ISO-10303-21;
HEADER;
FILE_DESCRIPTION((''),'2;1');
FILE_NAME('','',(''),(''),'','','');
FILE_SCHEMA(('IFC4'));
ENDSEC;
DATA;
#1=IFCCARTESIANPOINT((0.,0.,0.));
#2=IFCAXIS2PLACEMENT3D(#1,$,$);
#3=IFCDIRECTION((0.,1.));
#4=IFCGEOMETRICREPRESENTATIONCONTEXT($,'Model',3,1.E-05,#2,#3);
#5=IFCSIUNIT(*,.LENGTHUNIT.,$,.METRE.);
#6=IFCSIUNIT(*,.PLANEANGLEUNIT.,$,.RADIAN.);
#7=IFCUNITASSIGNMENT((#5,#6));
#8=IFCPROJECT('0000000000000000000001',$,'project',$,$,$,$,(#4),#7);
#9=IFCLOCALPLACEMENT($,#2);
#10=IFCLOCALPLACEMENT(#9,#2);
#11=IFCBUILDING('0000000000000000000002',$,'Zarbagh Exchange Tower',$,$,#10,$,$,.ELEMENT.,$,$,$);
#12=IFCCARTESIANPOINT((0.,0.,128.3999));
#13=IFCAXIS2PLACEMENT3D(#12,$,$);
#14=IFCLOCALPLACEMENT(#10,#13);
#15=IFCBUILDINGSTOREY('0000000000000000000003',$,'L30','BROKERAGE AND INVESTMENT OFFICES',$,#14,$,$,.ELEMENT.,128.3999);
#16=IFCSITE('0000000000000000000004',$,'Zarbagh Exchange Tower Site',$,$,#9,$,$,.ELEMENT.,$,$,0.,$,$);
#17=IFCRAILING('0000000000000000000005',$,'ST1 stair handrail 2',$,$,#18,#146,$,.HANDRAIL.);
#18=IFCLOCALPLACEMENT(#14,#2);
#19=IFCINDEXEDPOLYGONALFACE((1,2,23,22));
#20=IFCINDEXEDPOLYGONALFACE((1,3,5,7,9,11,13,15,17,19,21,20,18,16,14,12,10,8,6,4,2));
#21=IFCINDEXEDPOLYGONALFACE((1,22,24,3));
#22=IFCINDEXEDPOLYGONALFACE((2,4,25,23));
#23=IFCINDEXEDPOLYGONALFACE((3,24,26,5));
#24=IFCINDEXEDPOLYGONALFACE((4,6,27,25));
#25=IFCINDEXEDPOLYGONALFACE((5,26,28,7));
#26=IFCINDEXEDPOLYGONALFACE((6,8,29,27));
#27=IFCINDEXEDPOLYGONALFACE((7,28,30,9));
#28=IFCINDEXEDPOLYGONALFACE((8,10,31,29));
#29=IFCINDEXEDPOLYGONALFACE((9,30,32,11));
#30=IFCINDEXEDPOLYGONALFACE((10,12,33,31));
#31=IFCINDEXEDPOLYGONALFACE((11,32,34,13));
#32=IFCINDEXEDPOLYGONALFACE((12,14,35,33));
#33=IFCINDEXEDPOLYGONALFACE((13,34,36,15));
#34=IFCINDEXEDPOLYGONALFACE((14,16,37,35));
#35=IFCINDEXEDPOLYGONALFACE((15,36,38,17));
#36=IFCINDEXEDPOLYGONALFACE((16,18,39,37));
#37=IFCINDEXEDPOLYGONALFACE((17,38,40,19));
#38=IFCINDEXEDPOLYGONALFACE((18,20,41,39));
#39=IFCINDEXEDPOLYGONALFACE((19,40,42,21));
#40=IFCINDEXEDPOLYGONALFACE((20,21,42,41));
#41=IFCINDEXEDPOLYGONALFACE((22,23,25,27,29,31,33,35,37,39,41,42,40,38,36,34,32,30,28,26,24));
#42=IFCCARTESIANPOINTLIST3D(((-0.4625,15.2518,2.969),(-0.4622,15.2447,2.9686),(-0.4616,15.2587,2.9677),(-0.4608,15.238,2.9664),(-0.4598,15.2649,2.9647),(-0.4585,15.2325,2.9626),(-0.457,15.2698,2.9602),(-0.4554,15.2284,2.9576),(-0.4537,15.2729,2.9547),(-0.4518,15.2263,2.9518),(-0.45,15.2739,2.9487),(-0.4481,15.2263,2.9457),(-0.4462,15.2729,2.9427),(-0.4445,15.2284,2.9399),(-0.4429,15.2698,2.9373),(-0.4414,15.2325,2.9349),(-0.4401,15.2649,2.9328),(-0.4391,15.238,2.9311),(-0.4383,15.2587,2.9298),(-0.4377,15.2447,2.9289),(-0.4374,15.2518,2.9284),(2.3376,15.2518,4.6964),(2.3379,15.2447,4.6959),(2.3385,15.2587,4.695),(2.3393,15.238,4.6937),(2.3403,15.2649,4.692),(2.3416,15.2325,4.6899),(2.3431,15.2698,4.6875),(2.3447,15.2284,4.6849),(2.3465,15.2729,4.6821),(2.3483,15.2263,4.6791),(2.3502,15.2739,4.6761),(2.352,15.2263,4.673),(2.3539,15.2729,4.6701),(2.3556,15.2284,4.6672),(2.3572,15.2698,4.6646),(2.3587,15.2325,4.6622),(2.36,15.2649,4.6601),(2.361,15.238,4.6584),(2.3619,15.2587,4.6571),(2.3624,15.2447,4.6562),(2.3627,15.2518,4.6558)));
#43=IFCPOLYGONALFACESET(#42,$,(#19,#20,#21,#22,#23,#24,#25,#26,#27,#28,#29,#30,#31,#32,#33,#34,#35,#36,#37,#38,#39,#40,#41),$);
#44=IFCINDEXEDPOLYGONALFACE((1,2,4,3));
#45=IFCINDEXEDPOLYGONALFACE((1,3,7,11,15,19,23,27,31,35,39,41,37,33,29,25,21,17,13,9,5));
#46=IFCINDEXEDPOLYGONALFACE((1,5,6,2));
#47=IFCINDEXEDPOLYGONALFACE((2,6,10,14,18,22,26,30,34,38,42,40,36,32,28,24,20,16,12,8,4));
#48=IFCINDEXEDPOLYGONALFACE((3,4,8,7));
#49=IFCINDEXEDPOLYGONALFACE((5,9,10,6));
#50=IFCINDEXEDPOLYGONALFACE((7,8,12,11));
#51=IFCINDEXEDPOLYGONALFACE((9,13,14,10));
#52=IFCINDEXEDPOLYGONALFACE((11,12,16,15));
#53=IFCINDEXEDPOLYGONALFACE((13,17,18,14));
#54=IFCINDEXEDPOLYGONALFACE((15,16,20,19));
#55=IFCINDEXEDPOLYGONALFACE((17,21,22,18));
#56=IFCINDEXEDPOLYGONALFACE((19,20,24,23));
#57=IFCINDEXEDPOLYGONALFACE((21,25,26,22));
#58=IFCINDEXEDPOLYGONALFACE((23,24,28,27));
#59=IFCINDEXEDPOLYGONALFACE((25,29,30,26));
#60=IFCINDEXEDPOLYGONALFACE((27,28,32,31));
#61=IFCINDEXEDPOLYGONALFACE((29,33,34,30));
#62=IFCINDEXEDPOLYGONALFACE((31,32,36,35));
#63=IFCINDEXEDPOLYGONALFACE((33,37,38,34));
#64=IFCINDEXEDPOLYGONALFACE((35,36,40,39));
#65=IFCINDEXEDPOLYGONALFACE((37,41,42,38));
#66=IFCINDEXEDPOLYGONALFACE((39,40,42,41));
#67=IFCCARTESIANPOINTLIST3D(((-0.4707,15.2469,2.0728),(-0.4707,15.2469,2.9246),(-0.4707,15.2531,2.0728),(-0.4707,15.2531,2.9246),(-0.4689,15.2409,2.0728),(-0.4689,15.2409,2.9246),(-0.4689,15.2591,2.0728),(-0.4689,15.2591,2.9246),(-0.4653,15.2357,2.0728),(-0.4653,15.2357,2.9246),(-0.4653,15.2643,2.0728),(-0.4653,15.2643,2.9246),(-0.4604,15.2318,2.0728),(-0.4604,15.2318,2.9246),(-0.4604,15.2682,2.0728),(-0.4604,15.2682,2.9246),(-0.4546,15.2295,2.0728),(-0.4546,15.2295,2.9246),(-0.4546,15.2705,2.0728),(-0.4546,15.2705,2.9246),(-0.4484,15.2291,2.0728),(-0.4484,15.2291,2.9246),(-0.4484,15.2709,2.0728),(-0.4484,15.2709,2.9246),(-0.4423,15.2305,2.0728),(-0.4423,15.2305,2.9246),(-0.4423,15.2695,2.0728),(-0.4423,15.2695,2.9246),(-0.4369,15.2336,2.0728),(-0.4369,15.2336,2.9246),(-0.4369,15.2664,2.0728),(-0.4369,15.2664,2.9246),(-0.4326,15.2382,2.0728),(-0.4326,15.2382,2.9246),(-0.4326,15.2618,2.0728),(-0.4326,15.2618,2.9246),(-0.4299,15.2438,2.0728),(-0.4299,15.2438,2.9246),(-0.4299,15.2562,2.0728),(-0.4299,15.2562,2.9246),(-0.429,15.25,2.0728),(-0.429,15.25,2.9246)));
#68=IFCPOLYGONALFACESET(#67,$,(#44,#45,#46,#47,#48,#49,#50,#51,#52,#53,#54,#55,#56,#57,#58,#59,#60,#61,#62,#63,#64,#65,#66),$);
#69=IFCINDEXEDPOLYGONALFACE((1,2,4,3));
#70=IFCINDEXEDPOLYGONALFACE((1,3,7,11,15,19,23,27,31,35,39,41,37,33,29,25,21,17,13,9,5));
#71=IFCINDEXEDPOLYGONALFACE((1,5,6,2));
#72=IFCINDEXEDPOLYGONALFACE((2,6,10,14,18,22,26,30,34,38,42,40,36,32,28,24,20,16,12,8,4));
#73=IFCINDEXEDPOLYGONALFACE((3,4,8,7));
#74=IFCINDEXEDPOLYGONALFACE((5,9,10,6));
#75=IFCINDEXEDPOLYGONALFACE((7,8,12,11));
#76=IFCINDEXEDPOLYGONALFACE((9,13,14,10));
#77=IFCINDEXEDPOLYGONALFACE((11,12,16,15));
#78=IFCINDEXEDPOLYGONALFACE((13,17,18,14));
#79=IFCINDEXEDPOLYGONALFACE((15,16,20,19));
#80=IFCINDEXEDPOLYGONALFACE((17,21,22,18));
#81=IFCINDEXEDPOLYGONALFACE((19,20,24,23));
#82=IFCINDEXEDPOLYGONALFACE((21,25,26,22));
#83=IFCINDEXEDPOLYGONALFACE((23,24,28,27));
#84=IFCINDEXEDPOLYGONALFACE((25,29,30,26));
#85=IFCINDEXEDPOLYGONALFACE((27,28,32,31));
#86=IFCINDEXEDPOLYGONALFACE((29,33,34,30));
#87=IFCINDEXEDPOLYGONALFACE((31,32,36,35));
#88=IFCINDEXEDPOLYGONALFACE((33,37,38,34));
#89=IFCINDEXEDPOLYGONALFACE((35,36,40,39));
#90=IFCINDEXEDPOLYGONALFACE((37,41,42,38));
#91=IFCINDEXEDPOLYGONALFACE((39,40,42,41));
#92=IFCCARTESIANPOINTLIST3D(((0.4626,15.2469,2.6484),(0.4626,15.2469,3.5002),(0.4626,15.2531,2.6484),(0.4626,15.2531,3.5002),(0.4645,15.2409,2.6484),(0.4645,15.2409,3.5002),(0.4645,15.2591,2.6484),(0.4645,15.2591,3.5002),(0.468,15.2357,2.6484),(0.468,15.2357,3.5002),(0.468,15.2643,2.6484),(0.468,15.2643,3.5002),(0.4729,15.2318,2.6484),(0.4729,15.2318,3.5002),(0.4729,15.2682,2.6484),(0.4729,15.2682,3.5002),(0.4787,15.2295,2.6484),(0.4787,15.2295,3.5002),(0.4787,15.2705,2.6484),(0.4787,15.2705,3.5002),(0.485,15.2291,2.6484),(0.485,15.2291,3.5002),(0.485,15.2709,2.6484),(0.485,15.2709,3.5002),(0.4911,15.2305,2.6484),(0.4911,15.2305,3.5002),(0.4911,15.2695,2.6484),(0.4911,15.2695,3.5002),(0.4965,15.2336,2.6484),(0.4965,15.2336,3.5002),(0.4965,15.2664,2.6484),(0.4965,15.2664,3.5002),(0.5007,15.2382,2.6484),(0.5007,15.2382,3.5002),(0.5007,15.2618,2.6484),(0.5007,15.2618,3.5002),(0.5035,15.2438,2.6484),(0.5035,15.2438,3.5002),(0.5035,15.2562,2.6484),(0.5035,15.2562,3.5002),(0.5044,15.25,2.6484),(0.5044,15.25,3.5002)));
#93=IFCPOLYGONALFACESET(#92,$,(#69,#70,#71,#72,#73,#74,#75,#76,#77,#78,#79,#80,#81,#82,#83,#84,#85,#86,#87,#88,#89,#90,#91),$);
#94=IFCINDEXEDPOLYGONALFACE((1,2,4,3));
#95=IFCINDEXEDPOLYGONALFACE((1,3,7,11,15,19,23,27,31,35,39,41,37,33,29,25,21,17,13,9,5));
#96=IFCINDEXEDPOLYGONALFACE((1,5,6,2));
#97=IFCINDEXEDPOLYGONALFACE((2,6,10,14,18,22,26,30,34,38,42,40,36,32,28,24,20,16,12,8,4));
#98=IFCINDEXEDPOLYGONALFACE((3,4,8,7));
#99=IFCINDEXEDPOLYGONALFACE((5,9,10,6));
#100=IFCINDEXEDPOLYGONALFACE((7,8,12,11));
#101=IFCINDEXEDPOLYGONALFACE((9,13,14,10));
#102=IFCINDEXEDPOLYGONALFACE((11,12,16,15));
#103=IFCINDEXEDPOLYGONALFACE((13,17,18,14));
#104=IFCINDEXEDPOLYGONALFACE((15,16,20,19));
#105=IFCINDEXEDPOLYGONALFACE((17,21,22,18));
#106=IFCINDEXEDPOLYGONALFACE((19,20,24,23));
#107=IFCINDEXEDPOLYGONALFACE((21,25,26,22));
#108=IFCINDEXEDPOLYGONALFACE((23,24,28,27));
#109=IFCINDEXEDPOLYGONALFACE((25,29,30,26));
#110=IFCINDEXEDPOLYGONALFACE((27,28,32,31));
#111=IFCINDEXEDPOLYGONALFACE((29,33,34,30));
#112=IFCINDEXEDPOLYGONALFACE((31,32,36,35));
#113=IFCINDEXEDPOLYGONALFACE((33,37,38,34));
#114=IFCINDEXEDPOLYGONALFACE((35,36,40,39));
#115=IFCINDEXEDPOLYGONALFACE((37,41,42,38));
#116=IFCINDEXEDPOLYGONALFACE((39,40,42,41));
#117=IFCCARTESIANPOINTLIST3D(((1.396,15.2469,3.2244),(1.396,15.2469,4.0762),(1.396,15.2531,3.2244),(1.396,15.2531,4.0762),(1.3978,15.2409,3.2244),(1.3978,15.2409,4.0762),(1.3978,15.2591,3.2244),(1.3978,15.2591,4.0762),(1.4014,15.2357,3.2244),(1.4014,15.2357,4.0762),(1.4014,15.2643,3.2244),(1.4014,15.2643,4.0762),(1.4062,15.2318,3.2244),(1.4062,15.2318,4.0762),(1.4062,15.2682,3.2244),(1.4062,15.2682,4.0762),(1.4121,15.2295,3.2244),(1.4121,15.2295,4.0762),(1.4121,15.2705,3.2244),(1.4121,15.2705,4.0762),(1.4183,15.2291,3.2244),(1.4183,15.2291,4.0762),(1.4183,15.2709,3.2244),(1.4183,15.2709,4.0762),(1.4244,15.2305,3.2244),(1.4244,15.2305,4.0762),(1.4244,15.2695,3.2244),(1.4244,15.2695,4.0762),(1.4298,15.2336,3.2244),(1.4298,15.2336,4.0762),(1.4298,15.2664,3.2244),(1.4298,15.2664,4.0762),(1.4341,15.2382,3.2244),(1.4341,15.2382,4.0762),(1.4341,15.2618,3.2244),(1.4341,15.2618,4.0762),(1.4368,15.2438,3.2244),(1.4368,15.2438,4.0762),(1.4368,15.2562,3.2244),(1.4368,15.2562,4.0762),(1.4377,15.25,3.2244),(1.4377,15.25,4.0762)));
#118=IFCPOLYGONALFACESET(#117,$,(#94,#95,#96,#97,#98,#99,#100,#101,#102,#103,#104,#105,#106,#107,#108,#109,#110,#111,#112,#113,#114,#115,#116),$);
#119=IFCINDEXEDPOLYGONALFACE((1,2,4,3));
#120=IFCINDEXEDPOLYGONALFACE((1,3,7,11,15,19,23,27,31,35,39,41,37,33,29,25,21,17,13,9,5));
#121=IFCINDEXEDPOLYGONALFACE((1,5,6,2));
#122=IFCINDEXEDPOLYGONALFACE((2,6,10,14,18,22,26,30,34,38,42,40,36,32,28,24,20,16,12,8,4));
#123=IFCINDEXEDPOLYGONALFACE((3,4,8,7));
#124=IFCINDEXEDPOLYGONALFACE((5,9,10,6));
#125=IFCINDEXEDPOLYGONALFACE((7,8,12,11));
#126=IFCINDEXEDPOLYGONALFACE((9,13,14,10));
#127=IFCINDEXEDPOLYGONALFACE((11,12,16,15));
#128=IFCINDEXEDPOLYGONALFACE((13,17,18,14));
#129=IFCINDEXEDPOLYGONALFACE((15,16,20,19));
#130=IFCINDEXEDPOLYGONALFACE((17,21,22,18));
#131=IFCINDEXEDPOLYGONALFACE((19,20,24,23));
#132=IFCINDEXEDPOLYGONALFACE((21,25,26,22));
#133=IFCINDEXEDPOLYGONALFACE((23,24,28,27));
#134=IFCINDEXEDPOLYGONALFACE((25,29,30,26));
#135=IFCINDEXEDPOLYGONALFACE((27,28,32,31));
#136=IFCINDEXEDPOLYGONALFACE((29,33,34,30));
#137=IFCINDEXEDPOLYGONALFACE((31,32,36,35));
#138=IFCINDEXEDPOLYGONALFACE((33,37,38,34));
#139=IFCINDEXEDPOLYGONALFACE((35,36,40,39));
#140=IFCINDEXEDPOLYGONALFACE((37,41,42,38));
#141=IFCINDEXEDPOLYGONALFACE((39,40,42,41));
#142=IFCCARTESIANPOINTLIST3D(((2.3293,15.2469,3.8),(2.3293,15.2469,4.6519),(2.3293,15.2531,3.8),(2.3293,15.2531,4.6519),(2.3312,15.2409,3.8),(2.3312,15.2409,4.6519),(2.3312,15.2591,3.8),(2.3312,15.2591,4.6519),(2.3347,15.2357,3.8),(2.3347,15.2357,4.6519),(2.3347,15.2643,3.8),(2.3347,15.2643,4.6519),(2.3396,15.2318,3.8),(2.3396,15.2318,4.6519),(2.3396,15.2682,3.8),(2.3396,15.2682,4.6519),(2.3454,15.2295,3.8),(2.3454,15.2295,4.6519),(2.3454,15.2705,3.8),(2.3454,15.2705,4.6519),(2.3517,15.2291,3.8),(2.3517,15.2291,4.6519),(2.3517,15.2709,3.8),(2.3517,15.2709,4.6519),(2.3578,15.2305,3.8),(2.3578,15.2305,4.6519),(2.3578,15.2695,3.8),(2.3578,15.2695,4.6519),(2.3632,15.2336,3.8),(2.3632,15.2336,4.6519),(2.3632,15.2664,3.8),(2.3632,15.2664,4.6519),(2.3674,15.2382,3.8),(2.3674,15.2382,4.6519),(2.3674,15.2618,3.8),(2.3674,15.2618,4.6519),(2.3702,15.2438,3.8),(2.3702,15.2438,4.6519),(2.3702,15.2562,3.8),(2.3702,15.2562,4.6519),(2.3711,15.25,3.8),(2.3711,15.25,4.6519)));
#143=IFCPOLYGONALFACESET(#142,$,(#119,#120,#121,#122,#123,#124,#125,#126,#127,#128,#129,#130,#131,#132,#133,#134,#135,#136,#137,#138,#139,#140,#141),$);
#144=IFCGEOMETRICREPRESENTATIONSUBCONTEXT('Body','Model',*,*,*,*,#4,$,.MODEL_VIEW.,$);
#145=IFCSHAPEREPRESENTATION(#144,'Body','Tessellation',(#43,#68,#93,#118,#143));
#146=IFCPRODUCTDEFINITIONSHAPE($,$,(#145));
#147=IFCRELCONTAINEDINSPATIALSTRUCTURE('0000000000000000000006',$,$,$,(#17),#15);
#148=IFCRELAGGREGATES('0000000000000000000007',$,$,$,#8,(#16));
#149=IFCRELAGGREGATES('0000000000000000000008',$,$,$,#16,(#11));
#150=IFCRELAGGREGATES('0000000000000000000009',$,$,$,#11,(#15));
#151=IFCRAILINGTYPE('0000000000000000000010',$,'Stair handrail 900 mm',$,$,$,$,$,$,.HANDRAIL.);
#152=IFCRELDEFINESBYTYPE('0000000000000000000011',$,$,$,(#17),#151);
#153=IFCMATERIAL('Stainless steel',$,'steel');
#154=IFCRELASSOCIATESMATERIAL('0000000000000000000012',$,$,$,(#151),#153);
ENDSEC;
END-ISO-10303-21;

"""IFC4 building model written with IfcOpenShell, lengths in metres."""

from ifc_helpers import new_model, si_unit, direction, frame, origin, origin_2d, place, context, subcontext, project, spatial, circle, extrude, material, type_object, element, save


model = new_model("IFC4")

# Units and contexts
model_context = context("Model", 3, precision=1e-05, world=origin(), true_north=direction((0.0, 1.0)))
body_context = subcontext(model_context, "Body", "Model", "MODEL_VIEW")
ifc_project = project(units=[si_unit("LENGTHUNIT", "METRE"), si_unit("PLANEANGLEUNIT", "RADIAN")], contexts=[model_context])

# Site, building, storey
site_placement = place(None, origin())
site = spatial("IfcSite", under=ifc_project, at=site_placement, Name="Zarbagh Exchange Tower Site", CompositionType="ELEMENT", RefElevation=0.0)
building_placement = place(site_placement, origin())
building = spatial("IfcBuilding", under=site, at=building_placement, Name="Zarbagh Exchange Tower", CompositionType="ELEMENT")
storey_placement = place(building_placement, frame((0.0, 0.0, 128.3999)))
storey = spatial("IfcBuildingStorey", under=building, at=storey_placement, Name="L30", Description="BROKERAGE AND INVESTMENT OFFICES", CompositionType="ELEMENT", Elevation=128.3999)

# Shared definitions
ifc_material_1 = material(Name="Stainless steel", Category="steel")

# Railing
railing_type_1 = type_object("IfcRailingType", Name="Stair handrail 900 mm", PredefinedType="HANDRAIL", material=ifc_material_1)
for number, where, name in (
    (1, (-0.45, 15.25, 2.0728), "ST1 stair handrail 2"),
):
    element("IfcRailing", number, at=place(storey_placement, frame(where)), inside=storey, type_object=railing_type_1, Name=name, PredefinedType="HANDRAIL", context=body_context, shape_type="SweptSolid", body=[
        extrude(circle(Radius=0.0239, at=origin_2d()), frame((0.0, 0.0, 0.876), z_axis=(0.85109, 0.0, 0.52502), x_axis=(0.0, 1.0, 0.0)), (0.0, 0.0, 1.0), 3.29),
        extrude(circle(Radius=0.021, at=origin_2d()), origin(), (0.0, 0.0, 1.0), 0.8518),
        extrude(circle(Radius=0.021, at=origin_2d()), frame((0.9333, 0.0, 0.5757)), (0.0, 0.0, 1.0), 0.8518),
        extrude(circle(Radius=0.021, at=origin_2d()), frame((1.8667, 0.0, 1.1516)), (0.0, 0.0, 1.0), 0.8518),
        extrude(circle(Radius=0.021, at=origin_2d()), frame((2.8, 0.0, 1.7273)), (0.0, 0.0, 1.0), 0.8518),
    ])

save(model, "model.ifc")
